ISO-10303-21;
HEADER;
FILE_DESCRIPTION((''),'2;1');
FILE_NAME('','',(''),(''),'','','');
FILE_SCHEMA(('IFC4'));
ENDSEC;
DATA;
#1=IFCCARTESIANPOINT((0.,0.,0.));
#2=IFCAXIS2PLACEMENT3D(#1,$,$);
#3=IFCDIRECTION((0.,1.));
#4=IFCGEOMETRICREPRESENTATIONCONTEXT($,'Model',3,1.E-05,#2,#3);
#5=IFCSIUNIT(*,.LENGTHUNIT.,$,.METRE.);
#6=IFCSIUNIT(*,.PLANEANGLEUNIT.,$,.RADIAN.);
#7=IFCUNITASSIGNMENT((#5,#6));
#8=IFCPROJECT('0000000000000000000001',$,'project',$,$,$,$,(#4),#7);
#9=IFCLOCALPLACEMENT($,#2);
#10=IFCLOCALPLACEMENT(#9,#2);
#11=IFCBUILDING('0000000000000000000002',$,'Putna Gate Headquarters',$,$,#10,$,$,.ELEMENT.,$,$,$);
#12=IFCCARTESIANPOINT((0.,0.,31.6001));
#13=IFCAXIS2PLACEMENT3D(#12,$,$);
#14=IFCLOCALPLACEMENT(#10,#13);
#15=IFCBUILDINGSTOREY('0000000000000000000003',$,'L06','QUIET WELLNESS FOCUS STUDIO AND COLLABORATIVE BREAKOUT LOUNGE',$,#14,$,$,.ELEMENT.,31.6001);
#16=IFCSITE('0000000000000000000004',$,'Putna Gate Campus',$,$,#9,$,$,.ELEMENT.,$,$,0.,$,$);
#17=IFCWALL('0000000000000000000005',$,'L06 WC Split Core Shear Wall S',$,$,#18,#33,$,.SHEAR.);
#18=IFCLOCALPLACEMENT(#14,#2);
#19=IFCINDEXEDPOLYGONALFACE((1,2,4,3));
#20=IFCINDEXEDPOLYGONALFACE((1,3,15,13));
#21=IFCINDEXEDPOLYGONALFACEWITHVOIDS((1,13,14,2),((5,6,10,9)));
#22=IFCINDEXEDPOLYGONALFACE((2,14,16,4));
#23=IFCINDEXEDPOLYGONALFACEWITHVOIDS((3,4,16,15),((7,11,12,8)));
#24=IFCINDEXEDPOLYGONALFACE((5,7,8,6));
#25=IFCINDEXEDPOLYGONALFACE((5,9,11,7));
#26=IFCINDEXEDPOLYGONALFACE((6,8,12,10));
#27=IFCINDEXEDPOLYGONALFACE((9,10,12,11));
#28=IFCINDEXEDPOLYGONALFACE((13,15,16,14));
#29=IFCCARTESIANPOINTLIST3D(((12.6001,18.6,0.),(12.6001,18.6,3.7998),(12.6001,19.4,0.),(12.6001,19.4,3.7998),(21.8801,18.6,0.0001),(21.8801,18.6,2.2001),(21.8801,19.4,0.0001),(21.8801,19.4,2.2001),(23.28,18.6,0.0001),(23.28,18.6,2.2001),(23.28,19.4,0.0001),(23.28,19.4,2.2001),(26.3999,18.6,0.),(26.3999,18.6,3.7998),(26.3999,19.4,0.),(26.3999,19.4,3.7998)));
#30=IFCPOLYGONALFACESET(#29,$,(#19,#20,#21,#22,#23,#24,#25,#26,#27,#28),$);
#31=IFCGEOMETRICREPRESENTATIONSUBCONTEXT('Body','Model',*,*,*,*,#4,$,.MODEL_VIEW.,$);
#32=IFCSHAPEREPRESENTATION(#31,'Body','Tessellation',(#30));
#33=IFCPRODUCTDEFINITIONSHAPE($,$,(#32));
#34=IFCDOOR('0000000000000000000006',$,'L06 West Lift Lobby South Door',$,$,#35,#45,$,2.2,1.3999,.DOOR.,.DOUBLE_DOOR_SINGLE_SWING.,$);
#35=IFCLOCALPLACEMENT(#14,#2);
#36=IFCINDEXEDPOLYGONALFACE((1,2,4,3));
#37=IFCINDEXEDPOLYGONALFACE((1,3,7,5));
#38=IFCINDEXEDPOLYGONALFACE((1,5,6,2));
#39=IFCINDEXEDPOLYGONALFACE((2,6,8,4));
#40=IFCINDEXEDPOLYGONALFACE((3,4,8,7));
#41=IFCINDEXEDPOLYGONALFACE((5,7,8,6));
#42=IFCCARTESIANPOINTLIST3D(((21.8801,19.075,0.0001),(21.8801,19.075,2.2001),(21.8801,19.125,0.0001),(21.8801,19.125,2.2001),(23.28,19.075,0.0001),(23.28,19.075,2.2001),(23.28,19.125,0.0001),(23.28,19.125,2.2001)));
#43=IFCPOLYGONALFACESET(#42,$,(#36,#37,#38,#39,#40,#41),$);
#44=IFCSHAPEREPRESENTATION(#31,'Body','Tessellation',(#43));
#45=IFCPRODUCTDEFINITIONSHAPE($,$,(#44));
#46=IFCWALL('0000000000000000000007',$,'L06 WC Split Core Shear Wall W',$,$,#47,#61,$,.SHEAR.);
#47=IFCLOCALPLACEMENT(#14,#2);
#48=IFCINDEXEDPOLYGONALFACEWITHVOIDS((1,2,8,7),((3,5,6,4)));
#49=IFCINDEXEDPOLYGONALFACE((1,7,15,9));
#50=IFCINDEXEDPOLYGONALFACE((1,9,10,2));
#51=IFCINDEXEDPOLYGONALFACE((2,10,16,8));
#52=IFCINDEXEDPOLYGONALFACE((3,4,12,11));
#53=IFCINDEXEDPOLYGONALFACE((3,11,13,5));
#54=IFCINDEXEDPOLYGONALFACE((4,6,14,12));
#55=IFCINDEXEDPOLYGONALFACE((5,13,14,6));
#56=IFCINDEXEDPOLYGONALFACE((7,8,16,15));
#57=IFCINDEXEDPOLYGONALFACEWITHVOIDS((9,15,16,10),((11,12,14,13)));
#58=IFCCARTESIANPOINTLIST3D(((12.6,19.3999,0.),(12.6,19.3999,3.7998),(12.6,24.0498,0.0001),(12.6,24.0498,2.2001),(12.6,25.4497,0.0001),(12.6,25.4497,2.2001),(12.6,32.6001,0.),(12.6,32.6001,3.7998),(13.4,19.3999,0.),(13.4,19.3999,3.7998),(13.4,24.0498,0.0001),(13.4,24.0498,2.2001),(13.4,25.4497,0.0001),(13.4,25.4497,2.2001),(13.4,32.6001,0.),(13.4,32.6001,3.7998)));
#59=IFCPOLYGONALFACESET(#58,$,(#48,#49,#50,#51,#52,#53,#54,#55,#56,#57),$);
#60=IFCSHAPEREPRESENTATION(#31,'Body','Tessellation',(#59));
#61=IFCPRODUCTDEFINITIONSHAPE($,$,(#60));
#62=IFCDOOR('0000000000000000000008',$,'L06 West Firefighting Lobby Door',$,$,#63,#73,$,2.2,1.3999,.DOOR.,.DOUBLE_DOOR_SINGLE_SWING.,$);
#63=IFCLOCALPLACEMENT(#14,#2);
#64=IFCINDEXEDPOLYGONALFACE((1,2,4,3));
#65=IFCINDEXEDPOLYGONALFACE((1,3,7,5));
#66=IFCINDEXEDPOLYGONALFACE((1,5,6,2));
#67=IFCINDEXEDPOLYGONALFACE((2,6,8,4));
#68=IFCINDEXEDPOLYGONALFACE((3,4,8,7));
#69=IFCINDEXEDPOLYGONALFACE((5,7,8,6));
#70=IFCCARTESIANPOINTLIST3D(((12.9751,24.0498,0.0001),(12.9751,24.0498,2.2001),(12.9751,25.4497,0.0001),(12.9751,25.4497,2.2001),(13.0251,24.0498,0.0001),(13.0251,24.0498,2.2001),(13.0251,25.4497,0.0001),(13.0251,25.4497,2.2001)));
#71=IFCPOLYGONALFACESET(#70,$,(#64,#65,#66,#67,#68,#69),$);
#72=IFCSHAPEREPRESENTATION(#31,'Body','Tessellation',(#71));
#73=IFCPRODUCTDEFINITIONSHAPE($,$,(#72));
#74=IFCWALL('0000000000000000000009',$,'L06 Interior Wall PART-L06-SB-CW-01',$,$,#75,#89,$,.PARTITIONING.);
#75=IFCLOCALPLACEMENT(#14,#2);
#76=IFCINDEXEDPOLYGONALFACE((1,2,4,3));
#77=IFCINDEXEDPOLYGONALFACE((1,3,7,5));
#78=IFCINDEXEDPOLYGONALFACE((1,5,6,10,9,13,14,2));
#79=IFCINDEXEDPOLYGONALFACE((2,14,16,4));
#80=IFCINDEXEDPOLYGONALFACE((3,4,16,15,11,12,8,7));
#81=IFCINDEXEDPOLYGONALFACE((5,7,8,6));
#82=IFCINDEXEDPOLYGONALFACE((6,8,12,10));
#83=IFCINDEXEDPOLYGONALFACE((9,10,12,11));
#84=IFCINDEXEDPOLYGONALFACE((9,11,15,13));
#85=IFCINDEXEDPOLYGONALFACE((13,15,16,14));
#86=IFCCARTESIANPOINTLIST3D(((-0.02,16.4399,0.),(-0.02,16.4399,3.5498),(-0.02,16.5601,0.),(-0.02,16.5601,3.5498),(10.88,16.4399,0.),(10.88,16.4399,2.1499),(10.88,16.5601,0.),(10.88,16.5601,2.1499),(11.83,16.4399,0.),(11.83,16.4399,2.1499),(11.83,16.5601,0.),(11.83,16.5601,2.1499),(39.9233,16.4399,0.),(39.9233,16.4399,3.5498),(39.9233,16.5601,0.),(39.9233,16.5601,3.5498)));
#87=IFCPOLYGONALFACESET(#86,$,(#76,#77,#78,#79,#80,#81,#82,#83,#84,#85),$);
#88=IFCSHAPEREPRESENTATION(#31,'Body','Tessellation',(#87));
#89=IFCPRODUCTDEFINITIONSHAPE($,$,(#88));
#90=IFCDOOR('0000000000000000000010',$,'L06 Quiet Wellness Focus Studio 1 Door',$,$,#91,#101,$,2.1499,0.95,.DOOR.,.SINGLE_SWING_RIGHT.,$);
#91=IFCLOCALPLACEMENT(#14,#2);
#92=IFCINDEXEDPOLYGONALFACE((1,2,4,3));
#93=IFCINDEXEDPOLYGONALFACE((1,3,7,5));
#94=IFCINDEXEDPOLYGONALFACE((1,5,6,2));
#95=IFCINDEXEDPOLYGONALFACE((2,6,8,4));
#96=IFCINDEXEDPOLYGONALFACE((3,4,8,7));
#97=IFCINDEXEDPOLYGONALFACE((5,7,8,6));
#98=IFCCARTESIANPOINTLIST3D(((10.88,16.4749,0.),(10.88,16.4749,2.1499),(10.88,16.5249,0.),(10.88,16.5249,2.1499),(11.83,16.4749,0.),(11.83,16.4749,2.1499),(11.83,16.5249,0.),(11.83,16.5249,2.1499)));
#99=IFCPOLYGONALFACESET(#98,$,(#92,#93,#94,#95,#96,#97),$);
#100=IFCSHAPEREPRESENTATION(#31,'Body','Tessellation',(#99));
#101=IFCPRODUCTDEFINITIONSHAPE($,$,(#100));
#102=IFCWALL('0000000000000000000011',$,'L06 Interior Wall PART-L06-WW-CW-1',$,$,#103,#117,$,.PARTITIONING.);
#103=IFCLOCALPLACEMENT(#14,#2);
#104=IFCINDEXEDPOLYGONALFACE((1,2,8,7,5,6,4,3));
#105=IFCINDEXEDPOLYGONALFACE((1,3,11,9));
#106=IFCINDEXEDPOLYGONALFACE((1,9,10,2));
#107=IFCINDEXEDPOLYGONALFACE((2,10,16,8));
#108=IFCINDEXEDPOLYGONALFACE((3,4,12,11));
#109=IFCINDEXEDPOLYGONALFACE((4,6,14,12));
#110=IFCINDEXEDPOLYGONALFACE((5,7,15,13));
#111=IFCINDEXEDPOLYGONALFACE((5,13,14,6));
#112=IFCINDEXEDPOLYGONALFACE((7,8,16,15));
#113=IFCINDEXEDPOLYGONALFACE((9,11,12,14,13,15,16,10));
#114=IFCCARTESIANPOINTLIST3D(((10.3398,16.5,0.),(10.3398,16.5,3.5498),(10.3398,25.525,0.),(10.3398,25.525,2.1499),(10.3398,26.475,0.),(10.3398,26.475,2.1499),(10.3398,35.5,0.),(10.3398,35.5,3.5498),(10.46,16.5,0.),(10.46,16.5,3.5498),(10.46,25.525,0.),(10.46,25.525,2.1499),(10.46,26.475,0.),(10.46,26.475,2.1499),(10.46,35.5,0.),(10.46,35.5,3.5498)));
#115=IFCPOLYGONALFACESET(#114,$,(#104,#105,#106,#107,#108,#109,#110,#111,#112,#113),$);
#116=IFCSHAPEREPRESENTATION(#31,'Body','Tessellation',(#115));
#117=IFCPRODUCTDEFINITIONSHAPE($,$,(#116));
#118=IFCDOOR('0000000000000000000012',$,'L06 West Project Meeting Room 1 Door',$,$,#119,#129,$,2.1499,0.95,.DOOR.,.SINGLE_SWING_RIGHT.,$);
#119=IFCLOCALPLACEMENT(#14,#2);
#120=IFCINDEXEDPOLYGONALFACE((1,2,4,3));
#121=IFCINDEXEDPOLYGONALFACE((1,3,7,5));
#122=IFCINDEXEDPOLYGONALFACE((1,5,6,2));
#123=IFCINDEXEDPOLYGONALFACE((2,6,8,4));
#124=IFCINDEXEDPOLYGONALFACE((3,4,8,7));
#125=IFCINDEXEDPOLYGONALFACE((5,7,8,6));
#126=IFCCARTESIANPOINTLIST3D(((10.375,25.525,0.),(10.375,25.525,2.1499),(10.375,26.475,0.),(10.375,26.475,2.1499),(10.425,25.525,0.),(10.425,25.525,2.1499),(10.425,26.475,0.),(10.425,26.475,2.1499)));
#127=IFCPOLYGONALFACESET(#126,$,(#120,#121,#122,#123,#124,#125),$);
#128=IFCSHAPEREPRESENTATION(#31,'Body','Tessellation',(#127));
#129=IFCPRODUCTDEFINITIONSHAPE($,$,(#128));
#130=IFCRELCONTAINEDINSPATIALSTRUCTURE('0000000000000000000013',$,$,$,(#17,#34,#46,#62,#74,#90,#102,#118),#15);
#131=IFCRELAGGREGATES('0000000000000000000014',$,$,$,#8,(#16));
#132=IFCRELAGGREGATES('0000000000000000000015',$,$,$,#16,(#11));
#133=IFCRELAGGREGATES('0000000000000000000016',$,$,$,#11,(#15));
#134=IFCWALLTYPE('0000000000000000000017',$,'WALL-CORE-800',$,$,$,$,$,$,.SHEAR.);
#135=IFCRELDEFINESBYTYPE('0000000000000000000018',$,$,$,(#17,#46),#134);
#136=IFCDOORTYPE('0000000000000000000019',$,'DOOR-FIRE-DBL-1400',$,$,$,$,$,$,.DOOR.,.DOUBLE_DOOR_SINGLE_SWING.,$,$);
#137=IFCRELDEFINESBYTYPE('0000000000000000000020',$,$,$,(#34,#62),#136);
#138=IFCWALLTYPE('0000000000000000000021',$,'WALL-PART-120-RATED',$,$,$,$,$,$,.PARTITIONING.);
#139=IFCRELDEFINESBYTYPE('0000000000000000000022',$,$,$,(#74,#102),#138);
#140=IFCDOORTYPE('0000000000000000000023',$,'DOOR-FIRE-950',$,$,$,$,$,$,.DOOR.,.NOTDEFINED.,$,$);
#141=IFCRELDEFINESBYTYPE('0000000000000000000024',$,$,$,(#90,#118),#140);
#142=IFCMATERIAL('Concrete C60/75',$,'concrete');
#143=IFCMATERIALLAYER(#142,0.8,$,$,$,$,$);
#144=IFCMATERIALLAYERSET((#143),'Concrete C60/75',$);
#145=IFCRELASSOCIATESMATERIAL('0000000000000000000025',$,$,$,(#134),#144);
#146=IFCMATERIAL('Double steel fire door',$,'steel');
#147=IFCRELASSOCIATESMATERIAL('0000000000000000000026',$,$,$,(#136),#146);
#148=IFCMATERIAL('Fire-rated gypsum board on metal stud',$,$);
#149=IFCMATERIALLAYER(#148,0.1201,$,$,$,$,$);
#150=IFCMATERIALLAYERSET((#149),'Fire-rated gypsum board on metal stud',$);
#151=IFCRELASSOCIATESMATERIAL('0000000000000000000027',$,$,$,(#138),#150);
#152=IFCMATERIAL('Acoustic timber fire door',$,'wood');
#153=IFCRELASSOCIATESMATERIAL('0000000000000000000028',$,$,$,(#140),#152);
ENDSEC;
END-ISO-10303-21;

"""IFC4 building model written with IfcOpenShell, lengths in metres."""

from ifc_helpers import new_model, si_unit, direction, frame, frame_2d, origin, place, context, subcontext, project, spatial, rectangle, extrude, material, layer, layer_set, type_object, element, fill, save


model = new_model("IFC4")

# Units and contexts
model_context = context("Model", 3, precision=1e-05, world=origin(), true_north=direction((0.0, 1.0)))
body_context = subcontext(model_context, "Body", "Model", "MODEL_VIEW")
ifc_project = project(units=[si_unit("LENGTHUNIT", "METRE"), si_unit("PLANEANGLEUNIT", "RADIAN")], contexts=[model_context])

# Site, building, storey
site_placement = place(None, origin())
site = spatial("IfcSite", under=ifc_project, at=site_placement, Name="Putna Gate Campus", CompositionType="ELEMENT", RefElevation=0.0)
building_placement = place(site_placement, origin())
building = spatial("IfcBuilding", under=site, at=building_placement, Name="Putna Gate Headquarters", CompositionType="ELEMENT")
storey_placement = place(building_placement, frame((0.0, 0.0, 31.6001)))
storey = spatial("IfcBuildingStorey", under=building, at=storey_placement, Name="L06", Description="QUIET WELLNESS FOCUS STUDIO AND COLLABORATIVE BREAKOUT LOUNGE", CompositionType="ELEMENT", Elevation=31.6001)

# Shared definitions
ifc_material_1 = material(Name="Concrete C60/75", Category="concrete")

# Walls, openings, doors
ifc_layer_1 = layer(ifc_material_1, 0.8)
ifc_layer_set_1 = layer_set([ifc_layer_1], Name="Concrete C60/75")
wall_type_1 = type_object("IfcWallType", Name="WALL-CORE-800", PredefinedType="SHEAR", material=ifc_layer_set_1)
wall_1_placement = place(storey_placement, frame((12.6001, 19.0, 0.0), z_axis=(0.0, 0.0, 1.0), x_axis=(1.0, 0.0, 0.0)))
wall_1 = element("IfcWall", 1, at=wall_1_placement, inside=storey, type_object=wall_type_1, Name="L06 WC Split Core Shear Wall S", PredefinedType="SHEAR", context=body_context, shape_type="SweptSolid", body=[
    extrude(rectangle(XDim=13.7998, YDim=0.8, at=frame_2d((6.8999, 0.0))), origin(), (0.0, 0.0, 1.0), 3.7998),
])
opening_1_placement = place(wall_1_placement, frame((9.28, 0.0, 0.0)))
opening_1 = element("IfcOpeningElement", 2, at=opening_1_placement, cuts=wall_1, PredefinedType="OPENING", context=body_context, shape_type="SweptSolid", body=[
    extrude(rectangle(XDim=1.3999, YDim=2.2, at=frame_2d((0.7, 1.1001))), frame((0.0, 0.4099, 0.0), z_axis=(0.0, -1.0, 0.0), x_axis=(1.0, 0.0, 0.0)), (0.0, 0.0, 1.0), 0.8201),
])
ifc_material_2 = material(Name="Double steel fire door", Category="steel")
door_type_1 = type_object("IfcDoorType", Name="DOOR-FIRE-DBL-1400", OperationType="DOUBLE_DOOR_SINGLE_SWING", PredefinedType="DOOR", material=ifc_material_2)
door_1_placement = place(opening_1_placement, origin())
door_1 = element("IfcDoor", 3, at=door_1_placement, inside=storey, type_object=door_type_1, Name="L06 West Lift Lobby South Door", OperationType="DOUBLE_DOOR_SINGLE_SWING", OverallHeight=2.2, OverallWidth=1.3999, PredefinedType="DOOR", context=body_context, shape_type="SweptSolid", body=[
    extrude(rectangle(XDim=1.3999, YDim=2.2, at=frame_2d((0.7, 1.1001))), frame((0.0, 0.125, 0.0), z_axis=(0.0, -1.0, 0.0), x_axis=(1.0, 0.0, 0.0)), (0.0, 0.0, 1.0), 0.05),
])
fill(opening_1, door_1)
wall_2_placement = place(storey_placement, frame((13.0, 19.3999, 0.0), z_axis=(0.0, 0.0, 1.0), x_axis=(0.0, 1.0, 0.0)))
wall_2 = element("IfcWall", 4, at=wall_2_placement, inside=storey, type_object=wall_type_1, Name="L06 WC Split Core Shear Wall W", PredefinedType="SHEAR", context=body_context, shape_type="SweptSolid", body=[
    extrude(rectangle(XDim=13.2002, YDim=0.8, at=frame_2d((6.6001, 0.0))), origin(), (0.0, 0.0, 1.0), 3.7998),
])
opening_2_placement = place(wall_2_placement, frame((4.6499, 0.0, 0.0)))
opening_2 = element("IfcOpeningElement", 5, at=opening_2_placement, cuts=wall_2, PredefinedType="OPENING", context=body_context, shape_type="SweptSolid", body=[
    extrude(rectangle(XDim=1.3999, YDim=2.2, at=frame_2d((0.7, 1.1001))), frame((0.0, 0.4099, 0.0), z_axis=(0.0, -1.0, 0.0), x_axis=(1.0, 0.0, 0.0)), (0.0, 0.0, 1.0), 0.8201),
])
door_2_placement = place(opening_2_placement, origin())
door_2 = element("IfcDoor", 6, at=door_2_placement, inside=storey, type_object=door_type_1, Name="L06 West Firefighting Lobby Door", OperationType="DOUBLE_DOOR_SINGLE_SWING", OverallHeight=2.2, OverallWidth=1.3999, PredefinedType="DOOR", context=body_context, shape_type="SweptSolid", body=[
    extrude(rectangle(XDim=1.3999, YDim=2.2, at=frame_2d((0.7, 1.1001))), frame((0.0, 0.0249, 0.0), z_axis=(0.0, -1.0, 0.0), x_axis=(1.0, 0.0, 0.0)), (0.0, 0.0, 1.0), 0.05),
])
fill(opening_2, door_2)
ifc_material_3 = material(Name="Fire-rated gypsum board on metal stud")
ifc_layer_2 = layer(ifc_material_3, 0.1201)
ifc_layer_set_2 = layer_set([ifc_layer_2], Name="Fire-rated gypsum board on metal stud")
wall_type_2 = type_object("IfcWallType", Name="WALL-PART-120-RATED", PredefinedType="PARTITIONING", material=ifc_layer_set_2)
wall_3_placement = place(storey_placement, frame((-0.02, 16.5, 0.0), z_axis=(0.0, 0.0, 1.0), x_axis=(1.0, 0.0, 0.0)))
wall_3 = element("IfcWall", 7, at=wall_3_placement, inside=storey, type_object=wall_type_2, Name="L06 Interior Wall PART-L06-SB-CW-01", PredefinedType="PARTITIONING", context=body_context, shape_type="SweptSolid", body=[
    extrude(rectangle(XDim=39.9434, YDim=0.1201, at=frame_2d((19.9717, 0.0))), origin(), (0.0, 0.0, 1.0), 3.5498),
])
opening_3_placement = place(wall_3_placement, frame((10.8999, 0.0, 0.0)))
opening_3 = element("IfcOpeningElement", 8, at=opening_3_placement, cuts=wall_3, PredefinedType="OPENING", context=body_context, shape_type="SweptSolid", body=[
    extrude(rectangle(XDim=0.95, YDim=2.1499, at=frame_2d((0.4751, 1.075))), frame((0.0, 0.0701, 0.0), z_axis=(0.0, -1.0, 0.0), x_axis=(1.0, 0.0, 0.0)), (0.0, 0.0, 1.0), 0.1401),
])
ifc_material_4 = material(Name="Acoustic timber fire door", Category="wood")
door_type_2 = type_object("IfcDoorType", Name="DOOR-FIRE-950", OperationType="NOTDEFINED", PredefinedType="DOOR", material=ifc_material_4)
door_3_placement = place(opening_3_placement, origin())
door_3 = element("IfcDoor", 9, at=door_3_placement, inside=storey, type_object=door_type_2, Name="L06 Quiet Wellness Focus Studio 1 Door", OperationType="SINGLE_SWING_RIGHT", OverallHeight=2.1499, OverallWidth=0.95, PredefinedType="DOOR", context=body_context, shape_type="SweptSolid", body=[
    extrude(rectangle(XDim=0.95, YDim=2.1499, at=frame_2d((0.4751, 1.075))), frame((0.0, 0.0249, 0.0), z_axis=(0.0, -1.0, 0.0), x_axis=(1.0, 0.0, 0.0)), (0.0, 0.0, 1.0), 0.05),
])
fill(opening_3, door_3)
wall_4_placement = place(storey_placement, frame((10.3999, 16.5, 0.0), z_axis=(0.0, 0.0, 1.0), x_axis=(0.0, 1.0, 0.0)))
wall_4 = element("IfcWall", 10, at=wall_4_placement, inside=storey, type_object=wall_type_2, Name="L06 Interior Wall PART-L06-WW-CW-1", PredefinedType="PARTITIONING", context=body_context, shape_type="SweptSolid", body=[
    extrude(rectangle(XDim=19.0, YDim=0.1201, at=frame_2d((9.5, 0.0))), origin(), (0.0, 0.0, 1.0), 3.5498),
])
opening_4_placement = place(wall_4_placement, frame((9.0249, 0.0, 0.0)))
opening_4 = element("IfcOpeningElement", 11, at=opening_4_placement, cuts=wall_4, PredefinedType="OPENING", context=body_context, shape_type="SweptSolid", body=[
    extrude(rectangle(XDim=0.95, YDim=2.1499, at=frame_2d((0.4751, 1.075))), frame((0.0, 0.0701, 0.0), z_axis=(0.0, -1.0, 0.0), x_axis=(1.0, 0.0, 0.0)), (0.0, 0.0, 1.0), 0.1401),
])
door_4_placement = place(opening_4_placement, origin())
door_4 = element("IfcDoor", 12, at=door_4_placement, inside=storey, type_object=door_type_2, Name="L06 West Project Meeting Room 1 Door", OperationType="SINGLE_SWING_RIGHT", OverallHeight=2.1499, OverallWidth=0.95, PredefinedType="DOOR", context=body_context, shape_type="SweptSolid", body=[
    extrude(rectangle(XDim=0.95, YDim=2.1499, at=frame_2d((0.4751, 1.075))), frame((0.0, 0.0249, 0.0), z_axis=(0.0, -1.0, 0.0), x_axis=(1.0, 0.0, 0.0)), (0.0, 0.0, 1.0), 0.05),
])
fill(opening_4, door_4)

save(model, "model.ifc")
